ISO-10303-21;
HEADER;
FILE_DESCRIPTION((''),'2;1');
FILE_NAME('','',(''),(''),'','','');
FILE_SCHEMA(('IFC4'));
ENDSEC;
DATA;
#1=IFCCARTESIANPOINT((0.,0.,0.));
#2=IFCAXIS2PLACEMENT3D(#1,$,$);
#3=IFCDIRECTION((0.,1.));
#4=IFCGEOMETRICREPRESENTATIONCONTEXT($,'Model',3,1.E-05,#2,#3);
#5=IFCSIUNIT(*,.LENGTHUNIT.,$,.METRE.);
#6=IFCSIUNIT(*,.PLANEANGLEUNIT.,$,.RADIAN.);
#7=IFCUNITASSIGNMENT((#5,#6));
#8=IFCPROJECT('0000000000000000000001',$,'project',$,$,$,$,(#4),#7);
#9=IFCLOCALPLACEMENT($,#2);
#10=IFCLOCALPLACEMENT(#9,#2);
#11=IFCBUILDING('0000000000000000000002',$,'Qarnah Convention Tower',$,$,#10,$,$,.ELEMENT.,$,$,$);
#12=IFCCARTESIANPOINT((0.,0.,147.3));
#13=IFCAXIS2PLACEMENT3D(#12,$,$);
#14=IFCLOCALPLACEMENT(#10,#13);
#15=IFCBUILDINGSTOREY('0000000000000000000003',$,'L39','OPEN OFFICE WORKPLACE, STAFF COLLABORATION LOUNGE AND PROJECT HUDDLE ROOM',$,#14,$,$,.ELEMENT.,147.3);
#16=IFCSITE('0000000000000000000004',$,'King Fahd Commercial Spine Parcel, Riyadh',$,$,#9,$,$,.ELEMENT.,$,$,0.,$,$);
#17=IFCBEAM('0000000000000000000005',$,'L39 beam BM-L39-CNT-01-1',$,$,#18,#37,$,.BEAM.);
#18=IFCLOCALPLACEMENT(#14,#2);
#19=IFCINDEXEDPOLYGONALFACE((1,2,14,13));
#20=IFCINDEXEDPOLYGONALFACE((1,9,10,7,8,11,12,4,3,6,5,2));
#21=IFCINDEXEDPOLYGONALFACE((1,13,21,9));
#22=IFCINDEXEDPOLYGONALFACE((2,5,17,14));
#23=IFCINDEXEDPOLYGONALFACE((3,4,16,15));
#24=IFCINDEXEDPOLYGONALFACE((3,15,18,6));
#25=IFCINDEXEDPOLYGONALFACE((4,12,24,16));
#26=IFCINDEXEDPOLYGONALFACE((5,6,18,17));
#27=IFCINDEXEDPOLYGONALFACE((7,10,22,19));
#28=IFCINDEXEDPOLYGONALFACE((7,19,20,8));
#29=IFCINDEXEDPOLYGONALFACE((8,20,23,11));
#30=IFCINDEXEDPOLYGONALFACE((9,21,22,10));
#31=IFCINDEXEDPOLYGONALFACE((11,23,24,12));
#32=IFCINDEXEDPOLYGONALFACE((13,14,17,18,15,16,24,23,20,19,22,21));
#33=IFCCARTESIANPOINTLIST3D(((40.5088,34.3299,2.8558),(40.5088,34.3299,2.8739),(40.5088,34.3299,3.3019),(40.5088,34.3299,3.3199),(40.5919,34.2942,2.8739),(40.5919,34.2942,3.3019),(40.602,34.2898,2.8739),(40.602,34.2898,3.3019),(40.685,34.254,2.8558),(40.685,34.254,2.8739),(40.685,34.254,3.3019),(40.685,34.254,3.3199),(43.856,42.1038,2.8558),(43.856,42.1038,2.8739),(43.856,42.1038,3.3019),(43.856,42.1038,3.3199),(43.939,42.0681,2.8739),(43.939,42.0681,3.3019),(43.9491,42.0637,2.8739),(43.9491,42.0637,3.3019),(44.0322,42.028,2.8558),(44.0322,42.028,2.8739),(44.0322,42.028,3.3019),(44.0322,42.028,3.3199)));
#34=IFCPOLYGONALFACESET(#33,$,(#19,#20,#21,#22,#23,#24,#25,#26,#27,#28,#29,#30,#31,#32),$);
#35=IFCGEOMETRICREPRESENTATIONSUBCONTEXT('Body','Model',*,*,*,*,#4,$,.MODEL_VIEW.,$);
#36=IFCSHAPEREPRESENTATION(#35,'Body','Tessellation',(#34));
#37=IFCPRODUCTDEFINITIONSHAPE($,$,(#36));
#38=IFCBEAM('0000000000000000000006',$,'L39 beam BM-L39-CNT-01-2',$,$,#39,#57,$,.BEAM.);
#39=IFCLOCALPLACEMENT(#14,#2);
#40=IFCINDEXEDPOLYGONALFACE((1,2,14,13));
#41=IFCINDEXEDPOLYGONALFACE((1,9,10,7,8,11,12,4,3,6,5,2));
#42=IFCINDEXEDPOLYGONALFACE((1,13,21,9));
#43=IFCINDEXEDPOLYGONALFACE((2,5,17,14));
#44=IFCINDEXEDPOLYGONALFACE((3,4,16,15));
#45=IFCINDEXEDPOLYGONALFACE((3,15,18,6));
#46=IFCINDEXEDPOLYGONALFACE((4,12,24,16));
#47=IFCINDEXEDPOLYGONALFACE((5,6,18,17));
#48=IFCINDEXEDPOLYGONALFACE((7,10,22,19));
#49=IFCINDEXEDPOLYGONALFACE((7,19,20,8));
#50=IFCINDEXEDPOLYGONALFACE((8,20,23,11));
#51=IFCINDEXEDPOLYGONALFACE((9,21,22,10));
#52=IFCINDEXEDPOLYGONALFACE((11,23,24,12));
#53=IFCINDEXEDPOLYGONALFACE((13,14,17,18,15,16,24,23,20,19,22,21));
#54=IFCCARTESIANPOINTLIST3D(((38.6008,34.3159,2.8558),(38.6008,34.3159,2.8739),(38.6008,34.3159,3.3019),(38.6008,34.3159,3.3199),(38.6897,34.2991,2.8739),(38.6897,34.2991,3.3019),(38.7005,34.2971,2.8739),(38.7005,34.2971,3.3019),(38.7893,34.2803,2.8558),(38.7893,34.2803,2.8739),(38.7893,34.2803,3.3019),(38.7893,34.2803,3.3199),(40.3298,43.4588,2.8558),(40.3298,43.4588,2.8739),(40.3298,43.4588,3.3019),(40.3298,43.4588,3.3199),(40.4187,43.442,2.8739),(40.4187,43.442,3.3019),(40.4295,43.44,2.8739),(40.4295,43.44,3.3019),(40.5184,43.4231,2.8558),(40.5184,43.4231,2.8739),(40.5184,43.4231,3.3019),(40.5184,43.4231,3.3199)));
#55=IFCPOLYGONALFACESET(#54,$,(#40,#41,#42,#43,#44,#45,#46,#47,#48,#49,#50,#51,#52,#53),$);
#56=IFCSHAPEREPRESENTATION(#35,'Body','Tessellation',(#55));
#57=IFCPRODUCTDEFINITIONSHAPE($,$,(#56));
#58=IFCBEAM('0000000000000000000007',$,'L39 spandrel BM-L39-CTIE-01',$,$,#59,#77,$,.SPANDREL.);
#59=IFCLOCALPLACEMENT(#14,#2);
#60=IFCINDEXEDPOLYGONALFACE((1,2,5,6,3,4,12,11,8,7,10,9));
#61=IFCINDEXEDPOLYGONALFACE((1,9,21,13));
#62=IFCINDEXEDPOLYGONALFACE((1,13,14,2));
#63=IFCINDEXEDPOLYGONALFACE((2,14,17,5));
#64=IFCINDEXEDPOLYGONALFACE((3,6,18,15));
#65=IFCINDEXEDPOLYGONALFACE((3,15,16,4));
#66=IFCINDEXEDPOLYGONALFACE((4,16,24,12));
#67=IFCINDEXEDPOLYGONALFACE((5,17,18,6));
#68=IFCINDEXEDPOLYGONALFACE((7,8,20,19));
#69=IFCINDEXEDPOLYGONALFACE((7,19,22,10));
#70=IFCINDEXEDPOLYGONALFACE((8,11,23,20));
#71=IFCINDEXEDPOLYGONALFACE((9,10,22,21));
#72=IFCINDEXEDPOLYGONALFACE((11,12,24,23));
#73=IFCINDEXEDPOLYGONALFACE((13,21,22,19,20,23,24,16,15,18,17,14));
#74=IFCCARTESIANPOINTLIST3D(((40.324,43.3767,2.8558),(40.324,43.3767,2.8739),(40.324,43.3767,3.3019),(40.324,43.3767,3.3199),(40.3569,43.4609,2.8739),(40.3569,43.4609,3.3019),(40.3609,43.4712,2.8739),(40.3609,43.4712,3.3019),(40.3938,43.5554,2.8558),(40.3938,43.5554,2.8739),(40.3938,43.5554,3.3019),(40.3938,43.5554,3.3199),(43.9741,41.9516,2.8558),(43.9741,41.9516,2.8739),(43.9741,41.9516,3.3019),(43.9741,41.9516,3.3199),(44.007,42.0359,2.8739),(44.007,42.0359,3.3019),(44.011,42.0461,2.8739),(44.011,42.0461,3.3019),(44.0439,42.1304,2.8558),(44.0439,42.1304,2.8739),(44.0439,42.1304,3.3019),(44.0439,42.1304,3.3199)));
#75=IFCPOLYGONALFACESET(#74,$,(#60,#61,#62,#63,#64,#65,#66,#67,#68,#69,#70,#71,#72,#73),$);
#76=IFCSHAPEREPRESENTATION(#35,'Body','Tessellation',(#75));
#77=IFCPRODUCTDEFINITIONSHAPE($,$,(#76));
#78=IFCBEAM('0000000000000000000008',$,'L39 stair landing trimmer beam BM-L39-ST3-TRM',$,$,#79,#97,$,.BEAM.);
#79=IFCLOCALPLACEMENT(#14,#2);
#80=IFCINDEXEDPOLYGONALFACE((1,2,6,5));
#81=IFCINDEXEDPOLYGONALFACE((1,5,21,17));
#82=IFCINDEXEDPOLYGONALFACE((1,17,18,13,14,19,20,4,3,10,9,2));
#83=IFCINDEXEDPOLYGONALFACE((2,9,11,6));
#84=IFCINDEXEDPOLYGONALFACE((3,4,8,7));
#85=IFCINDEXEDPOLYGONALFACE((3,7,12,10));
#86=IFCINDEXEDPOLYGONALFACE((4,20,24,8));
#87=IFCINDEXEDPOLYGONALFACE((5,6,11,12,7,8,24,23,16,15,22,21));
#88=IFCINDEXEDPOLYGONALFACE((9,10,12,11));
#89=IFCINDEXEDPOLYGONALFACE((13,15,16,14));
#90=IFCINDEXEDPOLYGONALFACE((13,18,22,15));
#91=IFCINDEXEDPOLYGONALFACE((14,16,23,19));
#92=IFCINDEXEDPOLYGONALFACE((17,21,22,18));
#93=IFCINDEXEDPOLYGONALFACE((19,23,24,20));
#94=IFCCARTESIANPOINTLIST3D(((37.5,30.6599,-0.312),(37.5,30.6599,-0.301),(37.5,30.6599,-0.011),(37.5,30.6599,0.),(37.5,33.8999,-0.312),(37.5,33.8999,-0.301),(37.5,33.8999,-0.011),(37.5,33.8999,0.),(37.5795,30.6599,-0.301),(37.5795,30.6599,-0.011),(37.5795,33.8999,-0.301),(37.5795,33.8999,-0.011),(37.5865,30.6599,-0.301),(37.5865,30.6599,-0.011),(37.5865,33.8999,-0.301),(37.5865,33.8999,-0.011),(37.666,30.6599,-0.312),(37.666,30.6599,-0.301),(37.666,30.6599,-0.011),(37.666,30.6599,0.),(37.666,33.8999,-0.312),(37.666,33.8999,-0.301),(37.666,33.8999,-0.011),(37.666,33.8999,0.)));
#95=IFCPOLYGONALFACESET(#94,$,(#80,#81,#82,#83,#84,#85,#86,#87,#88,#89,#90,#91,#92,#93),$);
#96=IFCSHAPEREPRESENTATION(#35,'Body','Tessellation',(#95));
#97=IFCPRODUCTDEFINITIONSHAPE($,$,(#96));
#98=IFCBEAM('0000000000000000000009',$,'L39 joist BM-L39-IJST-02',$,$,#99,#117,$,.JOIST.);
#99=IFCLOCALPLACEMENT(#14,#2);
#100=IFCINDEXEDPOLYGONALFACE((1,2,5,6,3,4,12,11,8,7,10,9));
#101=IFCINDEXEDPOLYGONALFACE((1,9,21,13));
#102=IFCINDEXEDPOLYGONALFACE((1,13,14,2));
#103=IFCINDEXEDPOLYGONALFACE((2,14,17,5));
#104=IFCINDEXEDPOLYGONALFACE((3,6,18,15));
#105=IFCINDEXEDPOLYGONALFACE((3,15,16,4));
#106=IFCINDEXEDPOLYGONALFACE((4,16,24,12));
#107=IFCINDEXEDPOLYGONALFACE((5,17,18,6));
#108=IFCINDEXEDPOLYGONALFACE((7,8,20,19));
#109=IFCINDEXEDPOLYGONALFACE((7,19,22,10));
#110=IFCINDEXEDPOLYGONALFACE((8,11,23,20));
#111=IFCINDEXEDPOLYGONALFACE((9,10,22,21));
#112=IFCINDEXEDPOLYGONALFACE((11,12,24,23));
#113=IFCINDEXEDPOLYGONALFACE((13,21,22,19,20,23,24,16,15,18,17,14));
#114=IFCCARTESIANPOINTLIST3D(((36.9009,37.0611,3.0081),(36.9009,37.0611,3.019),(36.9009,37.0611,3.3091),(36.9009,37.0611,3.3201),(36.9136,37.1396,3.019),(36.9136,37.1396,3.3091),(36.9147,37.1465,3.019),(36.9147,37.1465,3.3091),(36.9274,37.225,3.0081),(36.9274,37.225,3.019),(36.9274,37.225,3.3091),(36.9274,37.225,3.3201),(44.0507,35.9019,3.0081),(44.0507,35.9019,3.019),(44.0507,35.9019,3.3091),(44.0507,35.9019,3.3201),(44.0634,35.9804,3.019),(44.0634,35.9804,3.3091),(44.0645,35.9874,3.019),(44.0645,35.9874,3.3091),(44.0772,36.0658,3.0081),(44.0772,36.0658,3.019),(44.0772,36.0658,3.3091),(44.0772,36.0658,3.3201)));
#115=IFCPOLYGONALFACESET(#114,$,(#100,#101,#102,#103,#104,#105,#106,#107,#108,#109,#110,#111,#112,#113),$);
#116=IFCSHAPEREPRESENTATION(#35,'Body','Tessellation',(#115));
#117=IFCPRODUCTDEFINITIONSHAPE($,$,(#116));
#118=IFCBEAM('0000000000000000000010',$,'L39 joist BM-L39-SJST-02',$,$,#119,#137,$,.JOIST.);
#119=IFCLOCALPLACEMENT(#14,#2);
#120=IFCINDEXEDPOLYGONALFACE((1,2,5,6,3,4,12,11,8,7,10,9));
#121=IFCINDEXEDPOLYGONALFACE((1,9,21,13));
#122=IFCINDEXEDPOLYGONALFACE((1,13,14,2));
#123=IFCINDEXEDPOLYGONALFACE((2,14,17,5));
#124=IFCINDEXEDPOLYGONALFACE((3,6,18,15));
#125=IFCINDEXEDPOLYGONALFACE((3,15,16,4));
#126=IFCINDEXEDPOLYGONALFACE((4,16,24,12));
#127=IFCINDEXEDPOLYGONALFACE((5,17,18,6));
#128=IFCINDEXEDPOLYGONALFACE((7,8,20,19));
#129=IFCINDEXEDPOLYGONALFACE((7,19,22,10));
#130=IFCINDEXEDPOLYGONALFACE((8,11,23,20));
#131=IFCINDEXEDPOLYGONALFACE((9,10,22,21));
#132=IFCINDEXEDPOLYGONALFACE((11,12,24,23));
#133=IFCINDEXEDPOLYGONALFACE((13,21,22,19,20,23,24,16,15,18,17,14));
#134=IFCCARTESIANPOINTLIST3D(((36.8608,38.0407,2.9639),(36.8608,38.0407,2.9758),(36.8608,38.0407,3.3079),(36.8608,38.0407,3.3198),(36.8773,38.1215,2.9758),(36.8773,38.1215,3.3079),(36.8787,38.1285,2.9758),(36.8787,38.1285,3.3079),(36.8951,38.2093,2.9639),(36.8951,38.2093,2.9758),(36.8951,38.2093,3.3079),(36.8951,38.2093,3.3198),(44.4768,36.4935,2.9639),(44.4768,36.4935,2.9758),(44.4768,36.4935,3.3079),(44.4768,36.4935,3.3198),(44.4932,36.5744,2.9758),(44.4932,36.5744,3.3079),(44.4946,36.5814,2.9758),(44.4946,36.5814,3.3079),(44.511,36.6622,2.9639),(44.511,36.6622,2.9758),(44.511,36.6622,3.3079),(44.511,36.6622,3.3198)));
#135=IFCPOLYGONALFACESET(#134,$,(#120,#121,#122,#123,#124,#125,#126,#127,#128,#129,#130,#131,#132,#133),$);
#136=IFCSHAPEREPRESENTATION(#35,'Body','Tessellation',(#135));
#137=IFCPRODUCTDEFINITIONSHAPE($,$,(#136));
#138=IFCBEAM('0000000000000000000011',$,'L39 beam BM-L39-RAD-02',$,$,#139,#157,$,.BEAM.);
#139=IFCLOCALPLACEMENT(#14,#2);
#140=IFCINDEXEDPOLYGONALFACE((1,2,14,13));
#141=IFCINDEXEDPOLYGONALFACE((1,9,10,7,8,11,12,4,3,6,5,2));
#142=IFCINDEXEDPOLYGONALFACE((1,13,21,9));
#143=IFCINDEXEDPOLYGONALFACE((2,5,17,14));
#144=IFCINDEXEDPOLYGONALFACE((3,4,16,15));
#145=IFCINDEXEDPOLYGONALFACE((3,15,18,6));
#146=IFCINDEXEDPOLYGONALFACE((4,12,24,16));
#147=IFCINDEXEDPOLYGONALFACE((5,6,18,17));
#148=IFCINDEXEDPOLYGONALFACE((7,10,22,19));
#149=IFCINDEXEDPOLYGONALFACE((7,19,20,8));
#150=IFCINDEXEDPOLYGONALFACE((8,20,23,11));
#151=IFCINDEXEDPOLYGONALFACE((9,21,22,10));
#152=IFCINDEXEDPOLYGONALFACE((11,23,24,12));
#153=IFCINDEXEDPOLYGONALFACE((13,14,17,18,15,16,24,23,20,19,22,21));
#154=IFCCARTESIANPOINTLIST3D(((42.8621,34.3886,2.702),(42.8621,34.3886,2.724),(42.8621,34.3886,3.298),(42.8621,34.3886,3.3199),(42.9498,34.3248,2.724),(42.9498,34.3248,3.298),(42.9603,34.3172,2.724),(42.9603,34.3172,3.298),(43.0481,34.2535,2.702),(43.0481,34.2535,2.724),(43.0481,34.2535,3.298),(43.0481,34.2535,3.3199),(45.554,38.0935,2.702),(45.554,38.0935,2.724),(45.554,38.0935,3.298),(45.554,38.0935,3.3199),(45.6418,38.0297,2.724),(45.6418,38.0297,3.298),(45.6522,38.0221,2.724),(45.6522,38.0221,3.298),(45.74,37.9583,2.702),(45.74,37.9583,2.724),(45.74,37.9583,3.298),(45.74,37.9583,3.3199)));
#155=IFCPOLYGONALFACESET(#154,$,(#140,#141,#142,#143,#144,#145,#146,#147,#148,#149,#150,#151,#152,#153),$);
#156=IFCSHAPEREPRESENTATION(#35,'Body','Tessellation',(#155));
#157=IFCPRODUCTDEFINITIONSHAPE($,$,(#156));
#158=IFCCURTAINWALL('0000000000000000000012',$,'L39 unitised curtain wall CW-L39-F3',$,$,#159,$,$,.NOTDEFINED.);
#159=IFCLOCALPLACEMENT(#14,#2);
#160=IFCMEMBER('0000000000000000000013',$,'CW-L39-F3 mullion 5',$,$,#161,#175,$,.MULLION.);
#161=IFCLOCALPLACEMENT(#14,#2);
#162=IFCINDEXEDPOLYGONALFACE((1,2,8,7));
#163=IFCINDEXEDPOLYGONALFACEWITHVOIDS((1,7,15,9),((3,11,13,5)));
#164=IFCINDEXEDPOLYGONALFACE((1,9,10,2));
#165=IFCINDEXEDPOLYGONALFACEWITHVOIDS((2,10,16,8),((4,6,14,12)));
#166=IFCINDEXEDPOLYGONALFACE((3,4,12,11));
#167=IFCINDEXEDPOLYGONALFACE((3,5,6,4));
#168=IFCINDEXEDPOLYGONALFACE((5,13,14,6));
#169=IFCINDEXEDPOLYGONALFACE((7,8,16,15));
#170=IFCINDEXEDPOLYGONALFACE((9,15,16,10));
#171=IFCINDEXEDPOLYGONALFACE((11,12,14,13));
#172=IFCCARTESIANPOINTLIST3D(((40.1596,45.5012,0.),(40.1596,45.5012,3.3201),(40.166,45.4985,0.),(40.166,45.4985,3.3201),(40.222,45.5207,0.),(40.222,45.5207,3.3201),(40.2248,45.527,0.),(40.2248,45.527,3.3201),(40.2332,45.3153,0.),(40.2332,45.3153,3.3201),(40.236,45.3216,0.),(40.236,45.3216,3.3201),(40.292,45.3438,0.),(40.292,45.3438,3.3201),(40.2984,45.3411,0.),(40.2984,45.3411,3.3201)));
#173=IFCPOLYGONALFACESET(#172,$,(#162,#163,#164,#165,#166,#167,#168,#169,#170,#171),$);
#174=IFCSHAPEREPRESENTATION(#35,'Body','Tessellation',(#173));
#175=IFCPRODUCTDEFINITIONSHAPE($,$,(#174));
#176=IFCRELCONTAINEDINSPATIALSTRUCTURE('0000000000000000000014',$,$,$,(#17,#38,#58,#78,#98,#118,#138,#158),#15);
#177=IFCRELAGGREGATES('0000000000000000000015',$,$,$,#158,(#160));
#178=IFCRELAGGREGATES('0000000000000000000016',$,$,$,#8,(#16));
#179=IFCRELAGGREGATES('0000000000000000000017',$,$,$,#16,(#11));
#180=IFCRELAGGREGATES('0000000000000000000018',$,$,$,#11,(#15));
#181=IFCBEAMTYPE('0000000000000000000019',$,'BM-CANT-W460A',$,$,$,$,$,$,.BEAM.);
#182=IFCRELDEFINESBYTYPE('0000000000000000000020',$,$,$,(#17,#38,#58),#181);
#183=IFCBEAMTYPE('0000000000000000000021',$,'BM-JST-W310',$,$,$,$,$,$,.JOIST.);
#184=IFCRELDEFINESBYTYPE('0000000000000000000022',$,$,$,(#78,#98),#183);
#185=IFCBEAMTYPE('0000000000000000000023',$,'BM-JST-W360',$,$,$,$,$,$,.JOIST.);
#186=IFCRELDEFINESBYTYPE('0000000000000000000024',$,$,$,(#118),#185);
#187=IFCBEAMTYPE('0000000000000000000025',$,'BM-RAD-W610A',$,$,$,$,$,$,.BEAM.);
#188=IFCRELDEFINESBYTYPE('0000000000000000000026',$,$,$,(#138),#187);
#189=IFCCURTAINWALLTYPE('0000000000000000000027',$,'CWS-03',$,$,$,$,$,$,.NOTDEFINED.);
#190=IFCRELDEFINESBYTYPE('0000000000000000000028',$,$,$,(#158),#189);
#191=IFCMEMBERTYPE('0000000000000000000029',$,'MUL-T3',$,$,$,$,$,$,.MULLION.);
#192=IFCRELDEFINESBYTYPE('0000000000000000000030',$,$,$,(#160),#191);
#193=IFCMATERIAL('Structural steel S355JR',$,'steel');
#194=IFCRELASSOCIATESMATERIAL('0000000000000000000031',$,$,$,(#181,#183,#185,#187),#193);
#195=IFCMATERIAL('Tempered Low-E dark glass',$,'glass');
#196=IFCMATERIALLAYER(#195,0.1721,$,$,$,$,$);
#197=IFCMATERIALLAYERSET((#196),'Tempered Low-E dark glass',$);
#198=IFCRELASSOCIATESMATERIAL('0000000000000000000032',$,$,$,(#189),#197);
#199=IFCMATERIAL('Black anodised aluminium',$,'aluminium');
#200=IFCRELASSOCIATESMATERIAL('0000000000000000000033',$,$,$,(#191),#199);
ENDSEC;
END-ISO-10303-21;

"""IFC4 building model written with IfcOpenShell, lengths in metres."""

from ifc_helpers import new_model, si_unit, direction, frame, origin, origin_2d, place, context, subcontext, project, spatial, hollow_rectangle, i_section, extrude, material, layer, layer_set, material_profile, profile_set, type_object, element, aggregate, save


model = new_model("IFC4")

# Units and contexts
model_context = context("Model", 3, precision=1e-05, world=origin(), true_north=direction((0.0, 1.0)))
body_context = subcontext(model_context, "Body", "Model", "MODEL_VIEW")
ifc_project = project(units=[si_unit("LENGTHUNIT", "METRE"), si_unit("PLANEANGLEUNIT", "RADIAN")], contexts=[model_context])

# Site, building, storey
site_placement = place(None, origin())
site = spatial("IfcSite", under=ifc_project, at=site_placement, Name="King Fahd Commercial Spine Parcel, Riyadh", CompositionType="ELEMENT", RefElevation=0.0)
building_placement = place(site_placement, origin())
building = spatial("IfcBuilding", under=site, at=building_placement, Name="Qarnah Convention Tower", CompositionType="ELEMENT")
storey_placement = place(building_placement, frame((0.0, 0.0, 147.3)))
storey = spatial("IfcBuildingStorey", under=building, at=storey_placement, Name="L39", Description="OPEN OFFICE WORKPLACE, STAFF COLLABORATION LOUNGE AND PROJECT HUDDLE ROOM", CompositionType="ELEMENT", Elevation=147.3)

# Beams
ifc_material_1 = material(Name="Structural steel S355JR", Category="steel")
ifc_material_profile_1 = material_profile(ifc_material_1, i_section(OverallWidth=0.1919, OverallDepth=0.4641, WebThickness=0.011, FlangeThickness=0.0181, at=origin_2d()), Name="W460X89")
ifc_profile_set_1 = profile_set([ifc_material_profile_1], Name="Structural steel S355JR")
beam_type_1 = type_object("IfcBeamType", Name="BM-CANT-W460A", PredefinedType="BEAM", material=ifc_profile_set_1)
beam_1_placement = place(storey_placement, frame((40.5969, 34.292, 3.0879), z_axis=(0.395464, 0.918481, 0.0), x_axis=(-0.918481, 0.395464, 0.0)))
element("IfcBeam", 1, at=beam_1_placement, inside=storey, type_object=beam_type_1, Name="L39 beam BM-L39-CNT-01-1", PredefinedType="BEAM", context=body_context, shape_type="SweptSolid", body=[
    extrude(i_section(OverallWidth=0.1919, OverallDepth=0.4641, WebThickness=0.011, FlangeThickness=0.0181, at=origin_2d()), origin(), (0.0, 0.0, 1.0), 8.4639),
])
beam_2_placement = place(storey_placement, frame((38.6951, 34.2981, 3.0879), z_axis=(0.185817, 0.982584, 0.0), x_axis=(-0.982584, 0.185817, 0.0)))
element("IfcBeam", 2, at=beam_2_placement, inside=storey, type_object=beam_type_1, Name="L39 beam BM-L39-CNT-01-2", PredefinedType="BEAM", context=body_context, shape_type="SweptSolid", body=[
    extrude(i_section(OverallWidth=0.1919, OverallDepth=0.4641, WebThickness=0.011, FlangeThickness=0.0181, at=origin_2d()), origin(), (0.0, 0.0, 1.0), 9.3049),
])
beam_3_placement = place(storey_placement, frame((44.009, 42.041, 3.0879), z_axis=(-0.931526, 0.363676, 0.0), x_axis=(-0.363676, -0.931526, 0.0)))
element("IfcBeam", 3, at=beam_3_placement, inside=storey, type_object=beam_type_1, Name="L39 spandrel BM-L39-CTIE-01", PredefinedType="SPANDREL", context=body_context, shape_type="SweptSolid", body=[
    extrude(i_section(OverallWidth=0.1919, OverallDepth=0.4641, WebThickness=0.011, FlangeThickness=0.0181, at=origin_2d()), origin(), (0.0, 0.0, 1.0), 3.9185),
])
ifc_material_profile_2 = material_profile(ifc_material_1, i_section(OverallWidth=0.166, OverallDepth=0.312, WebThickness=0.0071, FlangeThickness=0.011, at=origin_2d()), Name="W310X45")
ifc_profile_set_2 = profile_set([ifc_material_profile_2], Name="Structural steel S355JR")
beam_type_2 = type_object("IfcBeamType", Name="BM-JST-W310", PredefinedType="JOIST", material=ifc_profile_set_2)
beam_4_placement = place(storey_placement, frame((37.583, 30.6599, -0.156), z_axis=(0.0, 1.0, 0.0), x_axis=(-1.0, 0.0, 0.0)))
element("IfcBeam", 4, at=beam_4_placement, inside=storey, type_object=beam_type_2, Name="L39 stair landing trimmer beam BM-L39-ST3-TRM", PredefinedType="BEAM", context=body_context, shape_type="SweptSolid", body=[
    extrude(i_section(OverallWidth=0.166, OverallDepth=0.312, WebThickness=0.0071, FlangeThickness=0.011, at=origin_2d()), origin(), (0.0, 0.0, 1.0), 3.24),
])
beam_5_placement = place(storey_placement, frame((44.064, 35.9839, 3.1641), z_axis=(-0.987111, 0.160036, 0.0), x_axis=(-0.160036, -0.987111, 0.0)))
element("IfcBeam", 5, at=beam_5_placement, inside=storey, type_object=beam_type_2, Name="L39 joist BM-L39-IJST-02", PredefinedType="JOIST", context=body_context, shape_type="SweptSolid", body=[
    extrude(i_section(OverallWidth=0.166, OverallDepth=0.312, WebThickness=0.0071, FlangeThickness=0.011, at=origin_2d()), origin(), (0.0, 0.0, 1.0), 7.2432),
])
ifc_material_profile_3 = material_profile(ifc_material_1, i_section(OverallWidth=0.1721, OverallDepth=0.356, WebThickness=0.0071, FlangeThickness=0.012, at=origin_2d()), Name="W360X51")
ifc_profile_set_3 = profile_set([ifc_material_profile_3], Name="Structural steel S355JR")
beam_type_3 = type_object("IfcBeamType", Name="BM-JST-W360", PredefinedType="JOIST", material=ifc_profile_set_3)
beam_6_placement = place(storey_placement, frame((44.4939, 36.5779, 3.1418), z_axis=(-0.979984, 0.199075, 0.0), x_axis=(-0.199075, -0.979984, 0.0)))
element("IfcBeam", 6, at=beam_6_placement, inside=storey, type_object=beam_type_3, Name="L39 joist BM-L39-SJST-02", PredefinedType="JOIST", context=body_context, shape_type="SweptSolid", body=[
    extrude(i_section(OverallWidth=0.1721, OverallDepth=0.356, WebThickness=0.0071, FlangeThickness=0.012, at=origin_2d()), origin(), (0.0, 0.0, 1.0), 7.7715),
])
ifc_material_profile_4 = material_profile(ifc_material_1, i_section(OverallWidth=0.23, OverallDepth=0.6179, WebThickness=0.0129, FlangeThickness=0.022, at=origin_2d()), Name="W610X140")
ifc_profile_set_4 = profile_set([ifc_material_profile_4], Name="Structural steel S355JR")
beam_type_4 = type_object("IfcBeamType", Name="BM-RAD-W610A", PredefinedType="BEAM", material=ifc_profile_set_4)
beam_7_placement = place(storey_placement, frame((42.9551, 34.321, 3.011), z_axis=(0.58781, 0.808999, 0.0), x_axis=(-0.808999, 0.58781, 0.0)))
element("IfcBeam", 7, at=beam_7_placement, inside=storey, type_object=beam_type_4, Name="L39 beam BM-L39-RAD-02", PredefinedType="BEAM", context=body_context, shape_type="SweptSolid", body=[
    extrude(i_section(OverallWidth=0.23, OverallDepth=0.6179, WebThickness=0.0129, FlangeThickness=0.022, at=origin_2d()), origin(), (0.0, 0.0, 1.0), 4.5796),
])

# Curtain wall, member
ifc_material_2 = material(Name="Tempered Low-E dark glass", Category="glass")
ifc_layer_1 = layer(ifc_material_2, 0.1721)
ifc_layer_set_1 = layer_set([ifc_layer_1], Name="Tempered Low-E dark glass")
curtain_wall_type = type_object("IfcCurtainWallType", Name="CWS-03", PredefinedType="NOTDEFINED", material=ifc_layer_set_1)
curtain_wall_placement = place(storey_placement, origin())
curtain_wall = element("IfcCurtainWall", 8, at=curtain_wall_placement, inside=storey, type_object=curtain_wall_type, Name="L39 unitised curtain wall CW-L39-F3", PredefinedType="NOTDEFINED")
ifc_material_3 = material(Name="Black anodised aluminium", Category="aluminium")
ifc_material_profile_5 = material_profile(ifc_material_3, hollow_rectangle(XDim=0.0701, YDim=0.2, WallThickness=0.0049, at=origin_2d()), Name="MUL-70X200")
ifc_profile_set_5 = profile_set([ifc_material_profile_5], Name="Black anodised aluminium")
member_type = type_object("IfcMemberType", Name="MUL-T3", PredefinedType="MULLION", material=ifc_profile_set_5)
member_placement = place(storey_placement, frame((40.229, 45.4211, 0.0), z_axis=(0.0, 0.0, 1.0), x_axis=(0.929777, 0.368124, 0.0)))
member = element("IfcMember", 9, at=member_placement, type_object=member_type, Name="CW-L39-F3 mullion 5", PredefinedType="MULLION", context=body_context, shape_type="SweptSolid", body=[
    extrude(hollow_rectangle(XDim=0.0701, YDim=0.2, WallThickness=0.0049, at=origin_2d()), origin(), (0.0, 0.0, 1.0), 3.3201),
])
aggregate(curtain_wall, [member])

save(model, "model.ifc")
